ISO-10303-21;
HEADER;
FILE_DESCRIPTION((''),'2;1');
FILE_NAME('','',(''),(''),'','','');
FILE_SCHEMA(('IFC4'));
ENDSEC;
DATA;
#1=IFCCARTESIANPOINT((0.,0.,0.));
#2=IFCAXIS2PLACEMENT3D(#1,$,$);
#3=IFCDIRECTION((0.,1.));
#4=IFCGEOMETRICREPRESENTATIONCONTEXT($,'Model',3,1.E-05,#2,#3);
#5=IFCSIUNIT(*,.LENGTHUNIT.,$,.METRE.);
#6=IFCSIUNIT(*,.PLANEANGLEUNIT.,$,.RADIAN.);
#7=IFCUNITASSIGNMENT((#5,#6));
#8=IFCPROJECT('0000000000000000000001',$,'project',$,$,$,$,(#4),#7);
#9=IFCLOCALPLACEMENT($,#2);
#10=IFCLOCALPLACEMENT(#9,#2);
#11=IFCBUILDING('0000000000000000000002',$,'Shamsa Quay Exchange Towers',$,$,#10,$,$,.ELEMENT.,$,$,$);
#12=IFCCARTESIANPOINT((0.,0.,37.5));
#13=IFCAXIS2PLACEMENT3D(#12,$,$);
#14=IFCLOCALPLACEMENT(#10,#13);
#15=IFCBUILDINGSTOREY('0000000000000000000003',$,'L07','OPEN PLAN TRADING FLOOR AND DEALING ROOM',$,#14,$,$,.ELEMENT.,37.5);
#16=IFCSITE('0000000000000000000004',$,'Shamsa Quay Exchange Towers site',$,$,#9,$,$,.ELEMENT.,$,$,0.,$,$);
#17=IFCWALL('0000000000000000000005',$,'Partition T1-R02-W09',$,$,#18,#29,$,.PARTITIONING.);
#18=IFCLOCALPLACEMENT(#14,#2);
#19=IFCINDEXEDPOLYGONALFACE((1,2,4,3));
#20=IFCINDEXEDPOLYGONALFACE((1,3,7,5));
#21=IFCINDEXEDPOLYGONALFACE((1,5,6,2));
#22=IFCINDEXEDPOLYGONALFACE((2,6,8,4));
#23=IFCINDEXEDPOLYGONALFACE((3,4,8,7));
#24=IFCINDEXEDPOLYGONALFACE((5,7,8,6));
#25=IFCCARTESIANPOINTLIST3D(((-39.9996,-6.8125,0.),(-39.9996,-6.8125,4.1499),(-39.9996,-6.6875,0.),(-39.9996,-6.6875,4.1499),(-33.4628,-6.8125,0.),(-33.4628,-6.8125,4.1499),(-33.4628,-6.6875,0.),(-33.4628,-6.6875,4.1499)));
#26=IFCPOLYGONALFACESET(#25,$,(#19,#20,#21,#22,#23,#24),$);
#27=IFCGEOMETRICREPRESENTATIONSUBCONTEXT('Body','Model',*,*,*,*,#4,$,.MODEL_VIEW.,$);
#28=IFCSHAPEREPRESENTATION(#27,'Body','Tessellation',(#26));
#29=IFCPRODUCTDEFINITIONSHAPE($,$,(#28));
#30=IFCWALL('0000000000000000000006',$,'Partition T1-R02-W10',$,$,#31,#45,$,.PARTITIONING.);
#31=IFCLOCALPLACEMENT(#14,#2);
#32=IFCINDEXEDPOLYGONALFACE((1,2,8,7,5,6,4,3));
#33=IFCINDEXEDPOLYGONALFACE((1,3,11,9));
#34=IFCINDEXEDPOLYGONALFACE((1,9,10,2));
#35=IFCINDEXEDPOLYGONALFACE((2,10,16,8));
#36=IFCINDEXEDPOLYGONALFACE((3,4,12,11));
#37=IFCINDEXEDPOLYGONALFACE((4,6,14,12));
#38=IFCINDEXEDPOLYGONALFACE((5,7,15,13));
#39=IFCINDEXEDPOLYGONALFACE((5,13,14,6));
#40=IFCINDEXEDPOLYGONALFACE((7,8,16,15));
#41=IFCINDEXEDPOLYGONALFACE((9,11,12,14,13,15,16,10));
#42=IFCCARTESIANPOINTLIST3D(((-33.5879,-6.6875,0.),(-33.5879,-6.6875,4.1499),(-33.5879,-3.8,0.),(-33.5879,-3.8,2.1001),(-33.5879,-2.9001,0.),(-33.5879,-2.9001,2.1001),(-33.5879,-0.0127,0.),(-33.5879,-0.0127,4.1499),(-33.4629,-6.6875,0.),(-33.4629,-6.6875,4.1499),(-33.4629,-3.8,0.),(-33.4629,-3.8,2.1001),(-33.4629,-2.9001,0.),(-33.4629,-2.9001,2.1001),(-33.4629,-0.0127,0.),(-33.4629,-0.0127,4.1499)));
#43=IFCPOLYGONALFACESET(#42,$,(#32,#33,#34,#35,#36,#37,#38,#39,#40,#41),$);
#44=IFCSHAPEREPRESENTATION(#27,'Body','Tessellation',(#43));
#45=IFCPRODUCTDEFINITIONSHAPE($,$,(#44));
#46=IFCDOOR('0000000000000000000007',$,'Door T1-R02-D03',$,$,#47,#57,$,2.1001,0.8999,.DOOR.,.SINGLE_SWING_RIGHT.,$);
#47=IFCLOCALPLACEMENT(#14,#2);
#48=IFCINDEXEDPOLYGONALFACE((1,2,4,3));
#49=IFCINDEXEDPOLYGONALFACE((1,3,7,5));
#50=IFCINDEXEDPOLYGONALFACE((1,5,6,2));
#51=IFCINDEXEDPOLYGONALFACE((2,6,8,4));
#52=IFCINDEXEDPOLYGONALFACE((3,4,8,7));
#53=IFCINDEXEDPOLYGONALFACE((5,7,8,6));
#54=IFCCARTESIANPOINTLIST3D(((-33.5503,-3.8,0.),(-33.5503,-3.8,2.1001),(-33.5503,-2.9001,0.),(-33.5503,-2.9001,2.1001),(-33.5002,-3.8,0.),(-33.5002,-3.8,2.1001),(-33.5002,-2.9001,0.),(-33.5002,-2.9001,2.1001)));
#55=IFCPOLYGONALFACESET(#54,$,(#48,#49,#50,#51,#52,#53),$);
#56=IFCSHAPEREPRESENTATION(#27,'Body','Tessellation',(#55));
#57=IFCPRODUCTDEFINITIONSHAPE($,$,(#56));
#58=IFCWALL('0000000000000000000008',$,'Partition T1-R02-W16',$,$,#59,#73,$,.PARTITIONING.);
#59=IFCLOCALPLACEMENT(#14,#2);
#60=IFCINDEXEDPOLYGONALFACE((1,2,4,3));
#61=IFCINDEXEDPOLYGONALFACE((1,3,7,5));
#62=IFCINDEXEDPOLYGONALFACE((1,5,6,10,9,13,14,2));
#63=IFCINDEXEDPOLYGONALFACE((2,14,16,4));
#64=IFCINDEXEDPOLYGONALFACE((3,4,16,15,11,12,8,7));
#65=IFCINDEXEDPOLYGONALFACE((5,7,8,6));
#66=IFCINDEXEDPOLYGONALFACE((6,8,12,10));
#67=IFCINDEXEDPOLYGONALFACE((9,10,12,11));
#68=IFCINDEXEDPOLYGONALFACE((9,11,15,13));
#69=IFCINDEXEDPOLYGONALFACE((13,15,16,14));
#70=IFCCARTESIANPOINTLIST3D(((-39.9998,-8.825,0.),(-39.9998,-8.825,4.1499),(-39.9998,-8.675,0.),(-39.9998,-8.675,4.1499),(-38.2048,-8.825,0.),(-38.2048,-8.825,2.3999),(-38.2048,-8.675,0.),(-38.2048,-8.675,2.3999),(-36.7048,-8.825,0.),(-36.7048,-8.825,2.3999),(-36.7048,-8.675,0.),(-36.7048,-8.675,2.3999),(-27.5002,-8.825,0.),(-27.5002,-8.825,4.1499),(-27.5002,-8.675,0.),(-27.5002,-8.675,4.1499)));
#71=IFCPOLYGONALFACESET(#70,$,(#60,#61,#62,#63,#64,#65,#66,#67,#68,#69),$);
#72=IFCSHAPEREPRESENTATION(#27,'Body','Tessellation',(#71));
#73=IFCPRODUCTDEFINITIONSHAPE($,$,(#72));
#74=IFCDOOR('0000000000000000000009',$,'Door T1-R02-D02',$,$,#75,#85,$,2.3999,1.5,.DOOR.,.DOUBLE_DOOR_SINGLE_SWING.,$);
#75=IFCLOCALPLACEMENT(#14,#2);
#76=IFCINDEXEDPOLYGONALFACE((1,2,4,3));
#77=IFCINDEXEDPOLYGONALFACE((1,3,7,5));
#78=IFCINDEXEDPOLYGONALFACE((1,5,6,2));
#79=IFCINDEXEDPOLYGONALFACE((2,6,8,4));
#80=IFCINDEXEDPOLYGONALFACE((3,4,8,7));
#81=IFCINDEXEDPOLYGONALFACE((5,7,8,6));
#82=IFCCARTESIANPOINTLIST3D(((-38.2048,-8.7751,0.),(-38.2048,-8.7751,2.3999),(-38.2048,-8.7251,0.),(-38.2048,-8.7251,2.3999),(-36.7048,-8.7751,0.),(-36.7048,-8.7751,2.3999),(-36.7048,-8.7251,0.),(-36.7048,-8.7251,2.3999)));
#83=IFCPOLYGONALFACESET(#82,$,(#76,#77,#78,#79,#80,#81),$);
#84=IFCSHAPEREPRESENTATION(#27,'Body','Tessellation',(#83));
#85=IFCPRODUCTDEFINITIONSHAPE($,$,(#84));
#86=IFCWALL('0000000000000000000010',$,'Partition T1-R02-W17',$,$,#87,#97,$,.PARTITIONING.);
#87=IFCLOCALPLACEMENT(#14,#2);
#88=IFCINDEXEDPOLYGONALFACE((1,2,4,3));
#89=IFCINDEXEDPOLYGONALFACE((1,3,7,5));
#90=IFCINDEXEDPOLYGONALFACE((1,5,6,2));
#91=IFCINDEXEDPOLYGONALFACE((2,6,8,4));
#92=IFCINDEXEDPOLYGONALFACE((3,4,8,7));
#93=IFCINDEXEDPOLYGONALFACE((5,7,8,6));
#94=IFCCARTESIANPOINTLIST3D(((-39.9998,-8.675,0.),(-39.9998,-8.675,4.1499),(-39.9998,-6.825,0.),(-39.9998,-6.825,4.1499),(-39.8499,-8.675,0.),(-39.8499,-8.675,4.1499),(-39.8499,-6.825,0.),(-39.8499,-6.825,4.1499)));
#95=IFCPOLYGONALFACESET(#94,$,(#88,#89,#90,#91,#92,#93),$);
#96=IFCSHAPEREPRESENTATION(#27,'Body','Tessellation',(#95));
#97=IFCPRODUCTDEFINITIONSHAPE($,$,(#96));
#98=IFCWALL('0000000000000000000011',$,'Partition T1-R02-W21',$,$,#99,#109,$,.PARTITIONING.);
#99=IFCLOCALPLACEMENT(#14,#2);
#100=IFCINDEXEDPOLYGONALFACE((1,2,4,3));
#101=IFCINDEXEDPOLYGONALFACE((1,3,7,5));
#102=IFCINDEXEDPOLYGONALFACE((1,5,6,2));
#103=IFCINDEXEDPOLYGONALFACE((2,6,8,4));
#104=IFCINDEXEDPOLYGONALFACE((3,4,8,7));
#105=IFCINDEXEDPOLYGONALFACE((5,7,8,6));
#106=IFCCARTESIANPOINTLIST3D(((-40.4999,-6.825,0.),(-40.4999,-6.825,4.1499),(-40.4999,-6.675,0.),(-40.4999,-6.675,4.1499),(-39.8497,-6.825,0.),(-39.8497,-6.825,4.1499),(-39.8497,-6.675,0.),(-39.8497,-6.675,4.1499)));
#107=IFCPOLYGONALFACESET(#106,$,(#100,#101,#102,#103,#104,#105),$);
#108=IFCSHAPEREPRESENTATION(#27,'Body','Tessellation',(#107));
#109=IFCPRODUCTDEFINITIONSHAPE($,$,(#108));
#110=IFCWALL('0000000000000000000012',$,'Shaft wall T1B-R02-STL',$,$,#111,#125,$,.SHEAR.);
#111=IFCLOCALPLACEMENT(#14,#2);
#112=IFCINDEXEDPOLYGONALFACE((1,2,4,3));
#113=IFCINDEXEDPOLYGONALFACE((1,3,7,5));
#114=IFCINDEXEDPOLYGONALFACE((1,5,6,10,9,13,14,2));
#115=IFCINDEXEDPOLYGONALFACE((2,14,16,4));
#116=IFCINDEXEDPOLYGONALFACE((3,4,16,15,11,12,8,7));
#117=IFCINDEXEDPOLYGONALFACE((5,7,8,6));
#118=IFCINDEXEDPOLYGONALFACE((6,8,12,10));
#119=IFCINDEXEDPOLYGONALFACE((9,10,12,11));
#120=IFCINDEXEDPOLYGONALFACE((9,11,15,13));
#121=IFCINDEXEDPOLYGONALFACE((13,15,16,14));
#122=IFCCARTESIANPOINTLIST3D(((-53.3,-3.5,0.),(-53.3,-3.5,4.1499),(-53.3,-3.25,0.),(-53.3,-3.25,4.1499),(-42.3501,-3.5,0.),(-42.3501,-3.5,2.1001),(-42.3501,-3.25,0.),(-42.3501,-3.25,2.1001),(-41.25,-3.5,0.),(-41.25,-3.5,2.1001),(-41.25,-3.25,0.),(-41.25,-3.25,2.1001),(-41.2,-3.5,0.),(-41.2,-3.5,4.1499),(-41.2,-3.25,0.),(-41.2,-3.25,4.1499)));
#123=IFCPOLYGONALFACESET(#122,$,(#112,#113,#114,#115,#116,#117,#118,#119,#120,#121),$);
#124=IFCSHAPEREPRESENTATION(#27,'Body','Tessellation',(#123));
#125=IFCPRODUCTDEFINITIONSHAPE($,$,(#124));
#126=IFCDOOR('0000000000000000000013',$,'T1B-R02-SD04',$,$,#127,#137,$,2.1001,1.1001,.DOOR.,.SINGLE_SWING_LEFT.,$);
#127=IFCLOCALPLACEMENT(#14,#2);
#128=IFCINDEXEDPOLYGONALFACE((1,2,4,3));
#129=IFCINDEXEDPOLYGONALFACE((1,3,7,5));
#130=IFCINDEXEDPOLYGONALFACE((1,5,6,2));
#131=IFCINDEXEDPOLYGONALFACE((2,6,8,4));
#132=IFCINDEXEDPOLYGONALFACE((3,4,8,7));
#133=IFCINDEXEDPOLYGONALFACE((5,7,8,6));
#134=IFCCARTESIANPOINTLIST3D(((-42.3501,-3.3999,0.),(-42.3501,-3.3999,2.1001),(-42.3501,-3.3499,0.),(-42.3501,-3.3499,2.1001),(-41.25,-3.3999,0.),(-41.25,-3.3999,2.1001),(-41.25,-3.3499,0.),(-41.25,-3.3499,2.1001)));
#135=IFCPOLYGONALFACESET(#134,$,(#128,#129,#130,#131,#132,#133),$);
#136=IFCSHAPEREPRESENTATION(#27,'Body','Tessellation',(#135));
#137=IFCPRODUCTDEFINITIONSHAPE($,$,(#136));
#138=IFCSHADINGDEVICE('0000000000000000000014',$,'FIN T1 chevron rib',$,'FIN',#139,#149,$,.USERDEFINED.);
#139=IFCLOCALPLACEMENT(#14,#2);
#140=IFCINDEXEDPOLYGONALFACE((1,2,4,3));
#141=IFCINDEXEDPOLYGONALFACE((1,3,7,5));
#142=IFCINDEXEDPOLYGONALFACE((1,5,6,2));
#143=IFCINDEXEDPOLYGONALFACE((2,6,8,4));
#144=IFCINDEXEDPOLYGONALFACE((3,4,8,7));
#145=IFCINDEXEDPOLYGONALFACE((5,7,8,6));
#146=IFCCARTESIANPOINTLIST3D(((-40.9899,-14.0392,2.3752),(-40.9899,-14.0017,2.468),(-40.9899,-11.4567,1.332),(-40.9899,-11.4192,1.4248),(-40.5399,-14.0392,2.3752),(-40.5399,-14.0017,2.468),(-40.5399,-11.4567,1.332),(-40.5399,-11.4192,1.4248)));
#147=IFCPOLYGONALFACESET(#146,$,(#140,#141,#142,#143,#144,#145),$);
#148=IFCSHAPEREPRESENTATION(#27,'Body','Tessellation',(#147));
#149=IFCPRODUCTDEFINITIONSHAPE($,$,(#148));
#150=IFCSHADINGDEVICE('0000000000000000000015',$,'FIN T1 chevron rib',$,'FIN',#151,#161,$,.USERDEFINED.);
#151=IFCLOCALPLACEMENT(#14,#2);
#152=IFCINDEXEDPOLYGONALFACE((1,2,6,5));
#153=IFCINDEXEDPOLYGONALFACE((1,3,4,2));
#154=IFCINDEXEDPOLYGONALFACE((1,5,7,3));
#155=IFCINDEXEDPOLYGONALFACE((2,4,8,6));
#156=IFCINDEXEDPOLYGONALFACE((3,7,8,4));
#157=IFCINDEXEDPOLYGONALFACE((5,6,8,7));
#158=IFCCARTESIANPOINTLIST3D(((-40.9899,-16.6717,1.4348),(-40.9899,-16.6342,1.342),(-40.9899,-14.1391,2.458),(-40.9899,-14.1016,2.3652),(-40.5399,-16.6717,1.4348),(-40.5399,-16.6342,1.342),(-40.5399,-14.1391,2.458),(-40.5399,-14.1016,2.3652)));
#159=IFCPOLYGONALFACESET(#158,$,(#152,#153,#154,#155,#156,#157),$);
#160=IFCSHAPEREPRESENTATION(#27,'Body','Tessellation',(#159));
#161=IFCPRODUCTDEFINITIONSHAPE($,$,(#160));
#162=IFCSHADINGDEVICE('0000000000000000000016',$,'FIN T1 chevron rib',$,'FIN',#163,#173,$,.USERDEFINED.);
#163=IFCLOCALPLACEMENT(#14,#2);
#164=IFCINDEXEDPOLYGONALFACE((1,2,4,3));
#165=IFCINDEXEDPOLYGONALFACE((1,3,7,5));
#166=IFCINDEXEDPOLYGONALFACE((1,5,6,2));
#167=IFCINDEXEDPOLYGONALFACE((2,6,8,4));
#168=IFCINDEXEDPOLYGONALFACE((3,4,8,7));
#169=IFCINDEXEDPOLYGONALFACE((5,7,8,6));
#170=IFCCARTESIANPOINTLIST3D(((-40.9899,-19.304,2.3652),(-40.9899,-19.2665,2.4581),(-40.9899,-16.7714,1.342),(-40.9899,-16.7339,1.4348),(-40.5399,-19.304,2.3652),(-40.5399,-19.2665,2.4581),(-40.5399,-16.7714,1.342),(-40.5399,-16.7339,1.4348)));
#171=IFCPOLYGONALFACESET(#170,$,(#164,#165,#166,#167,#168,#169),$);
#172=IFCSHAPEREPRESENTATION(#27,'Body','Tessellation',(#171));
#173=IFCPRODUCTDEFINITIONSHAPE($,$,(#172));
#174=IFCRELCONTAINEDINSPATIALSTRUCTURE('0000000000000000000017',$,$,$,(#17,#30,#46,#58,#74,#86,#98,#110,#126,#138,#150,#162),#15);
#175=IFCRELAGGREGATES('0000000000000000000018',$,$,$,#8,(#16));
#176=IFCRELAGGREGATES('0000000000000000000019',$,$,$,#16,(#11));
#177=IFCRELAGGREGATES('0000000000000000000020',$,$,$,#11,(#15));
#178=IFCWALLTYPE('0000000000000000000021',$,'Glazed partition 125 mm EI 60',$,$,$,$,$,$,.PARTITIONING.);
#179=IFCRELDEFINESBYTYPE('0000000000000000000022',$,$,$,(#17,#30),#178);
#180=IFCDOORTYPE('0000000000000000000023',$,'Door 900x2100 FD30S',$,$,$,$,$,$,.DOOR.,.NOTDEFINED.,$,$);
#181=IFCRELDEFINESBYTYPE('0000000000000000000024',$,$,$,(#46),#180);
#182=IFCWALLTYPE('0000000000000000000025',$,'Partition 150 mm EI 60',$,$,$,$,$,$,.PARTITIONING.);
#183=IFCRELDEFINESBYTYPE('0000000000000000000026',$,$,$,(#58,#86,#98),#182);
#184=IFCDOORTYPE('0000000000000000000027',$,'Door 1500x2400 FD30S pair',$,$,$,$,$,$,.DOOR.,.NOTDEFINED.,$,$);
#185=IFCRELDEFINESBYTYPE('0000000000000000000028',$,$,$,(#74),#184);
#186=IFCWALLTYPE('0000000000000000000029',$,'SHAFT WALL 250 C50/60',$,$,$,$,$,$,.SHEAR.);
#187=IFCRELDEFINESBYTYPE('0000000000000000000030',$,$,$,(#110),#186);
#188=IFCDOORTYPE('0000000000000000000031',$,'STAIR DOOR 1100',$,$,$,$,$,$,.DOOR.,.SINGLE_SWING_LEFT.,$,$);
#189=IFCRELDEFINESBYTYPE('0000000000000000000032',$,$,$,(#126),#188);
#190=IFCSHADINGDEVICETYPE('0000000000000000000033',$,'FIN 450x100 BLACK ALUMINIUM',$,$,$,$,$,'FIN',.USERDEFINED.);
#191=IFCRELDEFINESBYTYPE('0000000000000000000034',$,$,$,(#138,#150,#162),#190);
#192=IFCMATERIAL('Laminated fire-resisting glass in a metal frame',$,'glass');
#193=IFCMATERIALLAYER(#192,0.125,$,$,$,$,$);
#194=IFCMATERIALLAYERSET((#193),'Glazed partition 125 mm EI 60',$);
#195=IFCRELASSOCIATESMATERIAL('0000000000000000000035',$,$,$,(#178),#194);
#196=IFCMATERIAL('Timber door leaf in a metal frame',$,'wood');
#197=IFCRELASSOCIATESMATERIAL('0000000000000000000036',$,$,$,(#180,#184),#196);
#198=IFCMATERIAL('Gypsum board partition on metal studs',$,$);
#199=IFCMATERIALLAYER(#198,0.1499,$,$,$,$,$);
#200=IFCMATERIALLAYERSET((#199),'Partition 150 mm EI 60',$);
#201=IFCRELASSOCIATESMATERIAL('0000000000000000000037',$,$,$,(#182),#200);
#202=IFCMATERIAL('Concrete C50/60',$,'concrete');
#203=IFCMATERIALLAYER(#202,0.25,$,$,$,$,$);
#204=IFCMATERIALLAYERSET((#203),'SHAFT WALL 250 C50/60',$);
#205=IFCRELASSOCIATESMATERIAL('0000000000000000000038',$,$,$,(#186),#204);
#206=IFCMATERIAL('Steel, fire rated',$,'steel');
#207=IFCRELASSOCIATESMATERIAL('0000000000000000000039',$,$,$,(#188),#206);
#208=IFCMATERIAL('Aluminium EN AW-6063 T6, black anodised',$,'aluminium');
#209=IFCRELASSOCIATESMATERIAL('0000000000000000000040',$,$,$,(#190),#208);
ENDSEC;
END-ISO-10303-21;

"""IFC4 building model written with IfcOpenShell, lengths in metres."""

from ifc_helpers import new_model, si_unit, direction, frame, frame_2d, origin, origin_2d, place, context, subcontext, project, spatial, rectangle, extrude, material, layer, layer_set, material_profile, profile_set, type_object, element, fill, save


model = new_model("IFC4")

# Units and contexts
model_context = context("Model", 3, precision=1e-05, world=origin(), true_north=direction((0.0, 1.0)))
body_context = subcontext(model_context, "Body", "Model", "MODEL_VIEW")
ifc_project = project(units=[si_unit("LENGTHUNIT", "METRE"), si_unit("PLANEANGLEUNIT", "RADIAN")], contexts=[model_context])

# Site, building, storey
site_placement = place(None, origin())
site = spatial("IfcSite", under=ifc_project, at=site_placement, Name="Shamsa Quay Exchange Towers site", CompositionType="ELEMENT", RefElevation=0.0)
building_placement = place(site_placement, origin())
building = spatial("IfcBuilding", under=site, at=building_placement, Name="Shamsa Quay Exchange Towers", CompositionType="ELEMENT")
storey_placement = place(building_placement, frame((0.0, 0.0, 37.5)))
storey = spatial("IfcBuildingStorey", under=building, at=storey_placement, Name="L07", Description="OPEN PLAN TRADING FLOOR AND DEALING ROOM", CompositionType="ELEMENT", Elevation=37.5)

# Shared definitions
ifc_material_1 = material(Name="Aluminium EN AW-6063 T6, black anodised", Category="aluminium")

# Shared definitions
ifc_material_2 = material(Name="Steel, fire rated", Category="steel")

# Wall
ifc_material_3 = material(Name="Laminated fire-resisting glass in a metal frame", Category="glass")
ifc_layer_1 = layer(ifc_material_3, 0.125)
ifc_layer_set_1 = layer_set([ifc_layer_1], Name="Glazed partition 125 mm EI 60")
wall_type_1 = type_object("IfcWallType", Name="Glazed partition 125 mm EI 60", PredefinedType="PARTITIONING", material=ifc_layer_set_1)
wall_1_placement = place(storey_placement, frame((-39.9998, -6.75, 0.0)))
element("IfcWall", 1, at=wall_1_placement, inside=storey, type_object=wall_type_1, Name="Partition T1-R02-W09", PredefinedType="PARTITIONING", context=body_context, shape_type="SweptSolid", body=[
    extrude(rectangle(XDim=6.5369, YDim=0.125, at=frame_2d((3.2686, 0.0))), origin(), (0.0, 0.0, 1.0), 4.1499),
])

# Walls, openings, doors
wall_2_placement = place(storey_placement, frame((-33.5254, -6.6875, 0.0), z_axis=(0.0, 0.0, 1.0), x_axis=(0.0, 1.0, 0.0)))
wall_2 = element("IfcWall", 2, at=wall_2_placement, inside=storey, type_object=wall_type_1, Name="Partition T1-R02-W10", PredefinedType="PARTITIONING", context=body_context, shape_type="SweptSolid", body=[
    extrude(rectangle(XDim=6.6748, YDim=0.125, at=frame_2d((3.3374, 0.0))), origin(), (0.0, 0.0, 1.0), 4.1499),
])
opening_1_placement = place(wall_2_placement, frame((2.8875, 0.0, 0.0)))
opening_1 = element("IfcOpeningElement", 3, at=opening_1_placement, cuts=wall_2, PredefinedType="OPENING", context=body_context, shape_type="SweptSolid", body=[
    extrude(rectangle(XDim=0.8999, YDim=2.1001, at=frame_2d((0.45, 1.05))), frame((0.0, 0.0725, 0.0), z_axis=(0.0, -1.0, 0.0), x_axis=(1.0, 0.0, 0.0)), (0.0, 0.0, 1.0), 0.145),
])
ifc_material_4 = material(Name="Timber door leaf in a metal frame", Category="wood")
door_type_1 = type_object("IfcDoorType", Name="Door 900x2100 FD30S", OperationType="NOTDEFINED", PredefinedType="DOOR", material=ifc_material_4)
door_1_placement = place(opening_1_placement, origin())
door_1 = element("IfcDoor", 4, at=door_1_placement, inside=storey, type_object=door_type_1, Name="Door T1-R02-D03", OperationType="SINGLE_SWING_RIGHT", OverallHeight=2.1001, OverallWidth=0.8999, PredefinedType="DOOR", context=body_context, shape_type="SweptSolid", body=[
    extrude(rectangle(XDim=0.8999, YDim=2.1001, at=frame_2d((0.45, 1.05))), frame((0.0, 0.0249, 0.0), z_axis=(0.0, -1.0, 0.0), x_axis=(1.0, 0.0, 0.0)), (0.0, 0.0, 1.0), 0.05),
])
fill(opening_1, door_1)
ifc_material_5 = material(Name="Gypsum board partition on metal studs")
ifc_layer_2 = layer(ifc_material_5, 0.1499)
ifc_layer_set_2 = layer_set([ifc_layer_2], Name="Partition 150 mm EI 60")
wall_type_2 = type_object("IfcWallType", Name="Partition 150 mm EI 60", PredefinedType="PARTITIONING", material=ifc_layer_set_2)
wall_3_placement = place(storey_placement, frame((-39.9998, -8.75, 0.0)))
wall_3 = element("IfcWall", 5, at=wall_3_placement, inside=storey, type_object=wall_type_2, Name="Partition T1-R02-W16", PredefinedType="PARTITIONING", context=body_context, shape_type="SweptSolid", body=[
    extrude(rectangle(XDim=12.4995, YDim=0.1499, at=frame_2d((6.2498, 0.0))), origin(), (0.0, 0.0, 1.0), 4.1499),
])
opening_2_placement = place(wall_3_placement, frame((1.7949, 0.0, 0.0)))
opening_2 = element("IfcOpeningElement", 6, at=opening_2_placement, cuts=wall_3, PredefinedType="OPENING", context=body_context, shape_type="SweptSolid", body=[
    extrude(rectangle(XDim=1.5, YDim=2.3999, at=frame_2d((0.75, 1.2))), frame((0.0, 0.085, 0.0), z_axis=(0.0, -1.0, 0.0), x_axis=(1.0, 0.0, 0.0)), (0.0, 0.0, 1.0), 0.1699),
])
door_type_2 = type_object("IfcDoorType", Name="Door 1500x2400 FD30S pair", OperationType="NOTDEFINED", PredefinedType="DOOR", material=ifc_material_4)
door_2_placement = place(opening_2_placement, origin())
door_2 = element("IfcDoor", 7, at=door_2_placement, inside=storey, type_object=door_type_2, Name="Door T1-R02-D02", OperationType="DOUBLE_DOOR_SINGLE_SWING", OverallHeight=2.3999, OverallWidth=1.5, PredefinedType="DOOR", context=body_context, shape_type="SweptSolid", body=[
    extrude(rectangle(XDim=1.5, YDim=2.3999, at=frame_2d((0.75, 1.2))), frame((0.0, 0.0249, 0.0), z_axis=(0.0, -1.0, 0.0), x_axis=(1.0, 0.0, 0.0)), (0.0, 0.0, 1.0), 0.05),
])
fill(opening_2, door_2)

# Walls
wall_4_placement = place(storey_placement, frame((-39.9248, -6.825, 0.0), z_axis=(0.0, 0.0, 1.0), x_axis=(0.0, -1.0, 0.0)))
element("IfcWall", 8, at=wall_4_placement, inside=storey, type_object=wall_type_2, Name="Partition T1-R02-W17", PredefinedType="PARTITIONING", context=body_context, shape_type="SweptSolid", body=[
    extrude(rectangle(XDim=1.8501, YDim=0.1499, at=frame_2d((0.925, 0.0))), origin(), (0.0, 0.0, 1.0), 4.1499),
])
wall_5_placement = place(storey_placement, frame((-40.5, -6.75, 0.0)))
element("IfcWall", 9, at=wall_5_placement, inside=storey, type_object=wall_type_2, Name="Partition T1-R02-W21", PredefinedType="PARTITIONING", context=body_context, shape_type="SweptSolid", body=[
    extrude(rectangle(XDim=0.6501, YDim=0.1499, at=frame_2d((0.3252, 0.0))), origin(), (0.0, 0.0, 1.0), 4.1499),
])

# Wall, opening, door
ifc_material_6 = material(Name="Concrete C50/60", Category="concrete")
ifc_layer_3 = layer(ifc_material_6, 0.25)
ifc_layer_set_3 = layer_set([ifc_layer_3], Name="SHAFT WALL 250 C50/60")
wall_type_3 = type_object("IfcWallType", Name="SHAFT WALL 250 C50/60", PredefinedType="SHEAR", material=ifc_layer_set_3)
wall_6_placement = place(storey_placement, frame((-41.2, -3.375, 0.0), z_axis=(0.0, 0.0, 1.0), x_axis=(-1.0, 0.0, 0.0)))
wall_6 = element("IfcWall", 10, at=wall_6_placement, inside=storey, type_object=wall_type_3, Name="Shaft wall T1B-R02-STL", PredefinedType="SHEAR", context=body_context, shape_type="SweptSolid", body=[
    extrude(rectangle(XDim=12.1001, YDim=0.25, at=frame_2d((6.05, 0.0))), origin(), (0.0, 0.0, 1.0), 4.1499),
])
opening_3_placement = place(wall_6_placement, frame((0.05, 0.0, 0.0)))
opening_3 = element("IfcOpeningElement", 11, at=opening_3_placement, cuts=wall_6, PredefinedType="OPENING", context=body_context, shape_type="SweptSolid", body=[
    extrude(rectangle(XDim=1.1001, YDim=2.1001, at=frame_2d((0.55, 1.05))), frame((0.0, 0.135, 0.0), z_axis=(0.0, -1.0, 0.0), x_axis=(1.0, 0.0, 0.0)), (0.0, 0.0, 1.0), 0.27),
])
door_type_3 = type_object("IfcDoorType", Name="STAIR DOOR 1100", OperationType="SINGLE_SWING_LEFT", PredefinedType="DOOR", material=ifc_material_2)
door_3_placement = place(opening_3_placement, origin())
door_3 = element("IfcDoor", 12, at=door_3_placement, inside=storey, type_object=door_type_3, Name="T1B-R02-SD04", OperationType="SINGLE_SWING_LEFT", OverallHeight=2.1001, OverallWidth=1.1001, PredefinedType="DOOR", context=body_context, shape_type="SweptSolid", body=[
    extrude(rectangle(XDim=1.1001, YDim=2.1001, at=frame_2d((0.55, 1.05))), frame((0.0, 0.0249, 0.0), z_axis=(0.0, -1.0, 0.0), x_axis=(1.0, 0.0, 0.0)), (0.0, 0.0, 1.0), 0.05),
])
fill(opening_3, door_3)

# Shading devices
ifc_material_profile_1 = material_profile(ifc_material_1, rectangle(XDim=0.45, YDim=0.1001, at=origin_2d()), Name="FIN450x100")
ifc_profile_set_1 = profile_set([ifc_material_profile_1], Name="Aluminium EN AW-6063 T6, black anodised")
shading_device_type = type_object("IfcShadingDeviceType", Name="FIN 450x100 BLACK ALUMINIUM", ElementType="FIN", PredefinedType="USERDEFINED", material=ifc_profile_set_1)
shading_device_1_placement = place(storey_placement, frame((-40.7649, -11.438, 1.3784), z_axis=(0.0, -0.927208, 0.374547), x_axis=(1.0, 0.0, 0.0)))
element("IfcShadingDevice", 13, at=shading_device_1_placement, inside=storey, type_object=shading_device_type, Name="FIN T1 chevron rib", ObjectType="FIN", PredefinedType="USERDEFINED", context=body_context, shape_type="SweptSolid", body=[
    extrude(rectangle(XDim=0.45, YDim=0.1001, at=origin_2d()), origin(), (0.0, 0.0, 1.0), 2.7852),
])
for number, where, z_axis, x_axis, name in (
    (14, (-40.7649, -14.1204, 2.4116), (0.0, -0.927183, -0.374609), (1.0, 0.0, 0.0), "FIN T1 chevron rib"),
    (15, (-40.7649, -16.7527, 1.3884), (0.0, -0.927183, 0.374609), (1.0, 0.0, 0.0), "FIN T1 chevron rib"),
):
    element("IfcShadingDevice", number, at=place(storey_placement, frame(where, z_axis=z_axis, x_axis=x_axis)), inside=storey, type_object=shading_device_type, Name=name, ObjectType="FIN", PredefinedType="USERDEFINED", context=body_context, shape_type="SweptSolid", body=[
        extrude(rectangle(XDim=0.45, YDim=0.1001, at=origin_2d()), origin(), (0.0, 0.0, 1.0), 2.7314),
    ])

save(model, "model.ifc")
